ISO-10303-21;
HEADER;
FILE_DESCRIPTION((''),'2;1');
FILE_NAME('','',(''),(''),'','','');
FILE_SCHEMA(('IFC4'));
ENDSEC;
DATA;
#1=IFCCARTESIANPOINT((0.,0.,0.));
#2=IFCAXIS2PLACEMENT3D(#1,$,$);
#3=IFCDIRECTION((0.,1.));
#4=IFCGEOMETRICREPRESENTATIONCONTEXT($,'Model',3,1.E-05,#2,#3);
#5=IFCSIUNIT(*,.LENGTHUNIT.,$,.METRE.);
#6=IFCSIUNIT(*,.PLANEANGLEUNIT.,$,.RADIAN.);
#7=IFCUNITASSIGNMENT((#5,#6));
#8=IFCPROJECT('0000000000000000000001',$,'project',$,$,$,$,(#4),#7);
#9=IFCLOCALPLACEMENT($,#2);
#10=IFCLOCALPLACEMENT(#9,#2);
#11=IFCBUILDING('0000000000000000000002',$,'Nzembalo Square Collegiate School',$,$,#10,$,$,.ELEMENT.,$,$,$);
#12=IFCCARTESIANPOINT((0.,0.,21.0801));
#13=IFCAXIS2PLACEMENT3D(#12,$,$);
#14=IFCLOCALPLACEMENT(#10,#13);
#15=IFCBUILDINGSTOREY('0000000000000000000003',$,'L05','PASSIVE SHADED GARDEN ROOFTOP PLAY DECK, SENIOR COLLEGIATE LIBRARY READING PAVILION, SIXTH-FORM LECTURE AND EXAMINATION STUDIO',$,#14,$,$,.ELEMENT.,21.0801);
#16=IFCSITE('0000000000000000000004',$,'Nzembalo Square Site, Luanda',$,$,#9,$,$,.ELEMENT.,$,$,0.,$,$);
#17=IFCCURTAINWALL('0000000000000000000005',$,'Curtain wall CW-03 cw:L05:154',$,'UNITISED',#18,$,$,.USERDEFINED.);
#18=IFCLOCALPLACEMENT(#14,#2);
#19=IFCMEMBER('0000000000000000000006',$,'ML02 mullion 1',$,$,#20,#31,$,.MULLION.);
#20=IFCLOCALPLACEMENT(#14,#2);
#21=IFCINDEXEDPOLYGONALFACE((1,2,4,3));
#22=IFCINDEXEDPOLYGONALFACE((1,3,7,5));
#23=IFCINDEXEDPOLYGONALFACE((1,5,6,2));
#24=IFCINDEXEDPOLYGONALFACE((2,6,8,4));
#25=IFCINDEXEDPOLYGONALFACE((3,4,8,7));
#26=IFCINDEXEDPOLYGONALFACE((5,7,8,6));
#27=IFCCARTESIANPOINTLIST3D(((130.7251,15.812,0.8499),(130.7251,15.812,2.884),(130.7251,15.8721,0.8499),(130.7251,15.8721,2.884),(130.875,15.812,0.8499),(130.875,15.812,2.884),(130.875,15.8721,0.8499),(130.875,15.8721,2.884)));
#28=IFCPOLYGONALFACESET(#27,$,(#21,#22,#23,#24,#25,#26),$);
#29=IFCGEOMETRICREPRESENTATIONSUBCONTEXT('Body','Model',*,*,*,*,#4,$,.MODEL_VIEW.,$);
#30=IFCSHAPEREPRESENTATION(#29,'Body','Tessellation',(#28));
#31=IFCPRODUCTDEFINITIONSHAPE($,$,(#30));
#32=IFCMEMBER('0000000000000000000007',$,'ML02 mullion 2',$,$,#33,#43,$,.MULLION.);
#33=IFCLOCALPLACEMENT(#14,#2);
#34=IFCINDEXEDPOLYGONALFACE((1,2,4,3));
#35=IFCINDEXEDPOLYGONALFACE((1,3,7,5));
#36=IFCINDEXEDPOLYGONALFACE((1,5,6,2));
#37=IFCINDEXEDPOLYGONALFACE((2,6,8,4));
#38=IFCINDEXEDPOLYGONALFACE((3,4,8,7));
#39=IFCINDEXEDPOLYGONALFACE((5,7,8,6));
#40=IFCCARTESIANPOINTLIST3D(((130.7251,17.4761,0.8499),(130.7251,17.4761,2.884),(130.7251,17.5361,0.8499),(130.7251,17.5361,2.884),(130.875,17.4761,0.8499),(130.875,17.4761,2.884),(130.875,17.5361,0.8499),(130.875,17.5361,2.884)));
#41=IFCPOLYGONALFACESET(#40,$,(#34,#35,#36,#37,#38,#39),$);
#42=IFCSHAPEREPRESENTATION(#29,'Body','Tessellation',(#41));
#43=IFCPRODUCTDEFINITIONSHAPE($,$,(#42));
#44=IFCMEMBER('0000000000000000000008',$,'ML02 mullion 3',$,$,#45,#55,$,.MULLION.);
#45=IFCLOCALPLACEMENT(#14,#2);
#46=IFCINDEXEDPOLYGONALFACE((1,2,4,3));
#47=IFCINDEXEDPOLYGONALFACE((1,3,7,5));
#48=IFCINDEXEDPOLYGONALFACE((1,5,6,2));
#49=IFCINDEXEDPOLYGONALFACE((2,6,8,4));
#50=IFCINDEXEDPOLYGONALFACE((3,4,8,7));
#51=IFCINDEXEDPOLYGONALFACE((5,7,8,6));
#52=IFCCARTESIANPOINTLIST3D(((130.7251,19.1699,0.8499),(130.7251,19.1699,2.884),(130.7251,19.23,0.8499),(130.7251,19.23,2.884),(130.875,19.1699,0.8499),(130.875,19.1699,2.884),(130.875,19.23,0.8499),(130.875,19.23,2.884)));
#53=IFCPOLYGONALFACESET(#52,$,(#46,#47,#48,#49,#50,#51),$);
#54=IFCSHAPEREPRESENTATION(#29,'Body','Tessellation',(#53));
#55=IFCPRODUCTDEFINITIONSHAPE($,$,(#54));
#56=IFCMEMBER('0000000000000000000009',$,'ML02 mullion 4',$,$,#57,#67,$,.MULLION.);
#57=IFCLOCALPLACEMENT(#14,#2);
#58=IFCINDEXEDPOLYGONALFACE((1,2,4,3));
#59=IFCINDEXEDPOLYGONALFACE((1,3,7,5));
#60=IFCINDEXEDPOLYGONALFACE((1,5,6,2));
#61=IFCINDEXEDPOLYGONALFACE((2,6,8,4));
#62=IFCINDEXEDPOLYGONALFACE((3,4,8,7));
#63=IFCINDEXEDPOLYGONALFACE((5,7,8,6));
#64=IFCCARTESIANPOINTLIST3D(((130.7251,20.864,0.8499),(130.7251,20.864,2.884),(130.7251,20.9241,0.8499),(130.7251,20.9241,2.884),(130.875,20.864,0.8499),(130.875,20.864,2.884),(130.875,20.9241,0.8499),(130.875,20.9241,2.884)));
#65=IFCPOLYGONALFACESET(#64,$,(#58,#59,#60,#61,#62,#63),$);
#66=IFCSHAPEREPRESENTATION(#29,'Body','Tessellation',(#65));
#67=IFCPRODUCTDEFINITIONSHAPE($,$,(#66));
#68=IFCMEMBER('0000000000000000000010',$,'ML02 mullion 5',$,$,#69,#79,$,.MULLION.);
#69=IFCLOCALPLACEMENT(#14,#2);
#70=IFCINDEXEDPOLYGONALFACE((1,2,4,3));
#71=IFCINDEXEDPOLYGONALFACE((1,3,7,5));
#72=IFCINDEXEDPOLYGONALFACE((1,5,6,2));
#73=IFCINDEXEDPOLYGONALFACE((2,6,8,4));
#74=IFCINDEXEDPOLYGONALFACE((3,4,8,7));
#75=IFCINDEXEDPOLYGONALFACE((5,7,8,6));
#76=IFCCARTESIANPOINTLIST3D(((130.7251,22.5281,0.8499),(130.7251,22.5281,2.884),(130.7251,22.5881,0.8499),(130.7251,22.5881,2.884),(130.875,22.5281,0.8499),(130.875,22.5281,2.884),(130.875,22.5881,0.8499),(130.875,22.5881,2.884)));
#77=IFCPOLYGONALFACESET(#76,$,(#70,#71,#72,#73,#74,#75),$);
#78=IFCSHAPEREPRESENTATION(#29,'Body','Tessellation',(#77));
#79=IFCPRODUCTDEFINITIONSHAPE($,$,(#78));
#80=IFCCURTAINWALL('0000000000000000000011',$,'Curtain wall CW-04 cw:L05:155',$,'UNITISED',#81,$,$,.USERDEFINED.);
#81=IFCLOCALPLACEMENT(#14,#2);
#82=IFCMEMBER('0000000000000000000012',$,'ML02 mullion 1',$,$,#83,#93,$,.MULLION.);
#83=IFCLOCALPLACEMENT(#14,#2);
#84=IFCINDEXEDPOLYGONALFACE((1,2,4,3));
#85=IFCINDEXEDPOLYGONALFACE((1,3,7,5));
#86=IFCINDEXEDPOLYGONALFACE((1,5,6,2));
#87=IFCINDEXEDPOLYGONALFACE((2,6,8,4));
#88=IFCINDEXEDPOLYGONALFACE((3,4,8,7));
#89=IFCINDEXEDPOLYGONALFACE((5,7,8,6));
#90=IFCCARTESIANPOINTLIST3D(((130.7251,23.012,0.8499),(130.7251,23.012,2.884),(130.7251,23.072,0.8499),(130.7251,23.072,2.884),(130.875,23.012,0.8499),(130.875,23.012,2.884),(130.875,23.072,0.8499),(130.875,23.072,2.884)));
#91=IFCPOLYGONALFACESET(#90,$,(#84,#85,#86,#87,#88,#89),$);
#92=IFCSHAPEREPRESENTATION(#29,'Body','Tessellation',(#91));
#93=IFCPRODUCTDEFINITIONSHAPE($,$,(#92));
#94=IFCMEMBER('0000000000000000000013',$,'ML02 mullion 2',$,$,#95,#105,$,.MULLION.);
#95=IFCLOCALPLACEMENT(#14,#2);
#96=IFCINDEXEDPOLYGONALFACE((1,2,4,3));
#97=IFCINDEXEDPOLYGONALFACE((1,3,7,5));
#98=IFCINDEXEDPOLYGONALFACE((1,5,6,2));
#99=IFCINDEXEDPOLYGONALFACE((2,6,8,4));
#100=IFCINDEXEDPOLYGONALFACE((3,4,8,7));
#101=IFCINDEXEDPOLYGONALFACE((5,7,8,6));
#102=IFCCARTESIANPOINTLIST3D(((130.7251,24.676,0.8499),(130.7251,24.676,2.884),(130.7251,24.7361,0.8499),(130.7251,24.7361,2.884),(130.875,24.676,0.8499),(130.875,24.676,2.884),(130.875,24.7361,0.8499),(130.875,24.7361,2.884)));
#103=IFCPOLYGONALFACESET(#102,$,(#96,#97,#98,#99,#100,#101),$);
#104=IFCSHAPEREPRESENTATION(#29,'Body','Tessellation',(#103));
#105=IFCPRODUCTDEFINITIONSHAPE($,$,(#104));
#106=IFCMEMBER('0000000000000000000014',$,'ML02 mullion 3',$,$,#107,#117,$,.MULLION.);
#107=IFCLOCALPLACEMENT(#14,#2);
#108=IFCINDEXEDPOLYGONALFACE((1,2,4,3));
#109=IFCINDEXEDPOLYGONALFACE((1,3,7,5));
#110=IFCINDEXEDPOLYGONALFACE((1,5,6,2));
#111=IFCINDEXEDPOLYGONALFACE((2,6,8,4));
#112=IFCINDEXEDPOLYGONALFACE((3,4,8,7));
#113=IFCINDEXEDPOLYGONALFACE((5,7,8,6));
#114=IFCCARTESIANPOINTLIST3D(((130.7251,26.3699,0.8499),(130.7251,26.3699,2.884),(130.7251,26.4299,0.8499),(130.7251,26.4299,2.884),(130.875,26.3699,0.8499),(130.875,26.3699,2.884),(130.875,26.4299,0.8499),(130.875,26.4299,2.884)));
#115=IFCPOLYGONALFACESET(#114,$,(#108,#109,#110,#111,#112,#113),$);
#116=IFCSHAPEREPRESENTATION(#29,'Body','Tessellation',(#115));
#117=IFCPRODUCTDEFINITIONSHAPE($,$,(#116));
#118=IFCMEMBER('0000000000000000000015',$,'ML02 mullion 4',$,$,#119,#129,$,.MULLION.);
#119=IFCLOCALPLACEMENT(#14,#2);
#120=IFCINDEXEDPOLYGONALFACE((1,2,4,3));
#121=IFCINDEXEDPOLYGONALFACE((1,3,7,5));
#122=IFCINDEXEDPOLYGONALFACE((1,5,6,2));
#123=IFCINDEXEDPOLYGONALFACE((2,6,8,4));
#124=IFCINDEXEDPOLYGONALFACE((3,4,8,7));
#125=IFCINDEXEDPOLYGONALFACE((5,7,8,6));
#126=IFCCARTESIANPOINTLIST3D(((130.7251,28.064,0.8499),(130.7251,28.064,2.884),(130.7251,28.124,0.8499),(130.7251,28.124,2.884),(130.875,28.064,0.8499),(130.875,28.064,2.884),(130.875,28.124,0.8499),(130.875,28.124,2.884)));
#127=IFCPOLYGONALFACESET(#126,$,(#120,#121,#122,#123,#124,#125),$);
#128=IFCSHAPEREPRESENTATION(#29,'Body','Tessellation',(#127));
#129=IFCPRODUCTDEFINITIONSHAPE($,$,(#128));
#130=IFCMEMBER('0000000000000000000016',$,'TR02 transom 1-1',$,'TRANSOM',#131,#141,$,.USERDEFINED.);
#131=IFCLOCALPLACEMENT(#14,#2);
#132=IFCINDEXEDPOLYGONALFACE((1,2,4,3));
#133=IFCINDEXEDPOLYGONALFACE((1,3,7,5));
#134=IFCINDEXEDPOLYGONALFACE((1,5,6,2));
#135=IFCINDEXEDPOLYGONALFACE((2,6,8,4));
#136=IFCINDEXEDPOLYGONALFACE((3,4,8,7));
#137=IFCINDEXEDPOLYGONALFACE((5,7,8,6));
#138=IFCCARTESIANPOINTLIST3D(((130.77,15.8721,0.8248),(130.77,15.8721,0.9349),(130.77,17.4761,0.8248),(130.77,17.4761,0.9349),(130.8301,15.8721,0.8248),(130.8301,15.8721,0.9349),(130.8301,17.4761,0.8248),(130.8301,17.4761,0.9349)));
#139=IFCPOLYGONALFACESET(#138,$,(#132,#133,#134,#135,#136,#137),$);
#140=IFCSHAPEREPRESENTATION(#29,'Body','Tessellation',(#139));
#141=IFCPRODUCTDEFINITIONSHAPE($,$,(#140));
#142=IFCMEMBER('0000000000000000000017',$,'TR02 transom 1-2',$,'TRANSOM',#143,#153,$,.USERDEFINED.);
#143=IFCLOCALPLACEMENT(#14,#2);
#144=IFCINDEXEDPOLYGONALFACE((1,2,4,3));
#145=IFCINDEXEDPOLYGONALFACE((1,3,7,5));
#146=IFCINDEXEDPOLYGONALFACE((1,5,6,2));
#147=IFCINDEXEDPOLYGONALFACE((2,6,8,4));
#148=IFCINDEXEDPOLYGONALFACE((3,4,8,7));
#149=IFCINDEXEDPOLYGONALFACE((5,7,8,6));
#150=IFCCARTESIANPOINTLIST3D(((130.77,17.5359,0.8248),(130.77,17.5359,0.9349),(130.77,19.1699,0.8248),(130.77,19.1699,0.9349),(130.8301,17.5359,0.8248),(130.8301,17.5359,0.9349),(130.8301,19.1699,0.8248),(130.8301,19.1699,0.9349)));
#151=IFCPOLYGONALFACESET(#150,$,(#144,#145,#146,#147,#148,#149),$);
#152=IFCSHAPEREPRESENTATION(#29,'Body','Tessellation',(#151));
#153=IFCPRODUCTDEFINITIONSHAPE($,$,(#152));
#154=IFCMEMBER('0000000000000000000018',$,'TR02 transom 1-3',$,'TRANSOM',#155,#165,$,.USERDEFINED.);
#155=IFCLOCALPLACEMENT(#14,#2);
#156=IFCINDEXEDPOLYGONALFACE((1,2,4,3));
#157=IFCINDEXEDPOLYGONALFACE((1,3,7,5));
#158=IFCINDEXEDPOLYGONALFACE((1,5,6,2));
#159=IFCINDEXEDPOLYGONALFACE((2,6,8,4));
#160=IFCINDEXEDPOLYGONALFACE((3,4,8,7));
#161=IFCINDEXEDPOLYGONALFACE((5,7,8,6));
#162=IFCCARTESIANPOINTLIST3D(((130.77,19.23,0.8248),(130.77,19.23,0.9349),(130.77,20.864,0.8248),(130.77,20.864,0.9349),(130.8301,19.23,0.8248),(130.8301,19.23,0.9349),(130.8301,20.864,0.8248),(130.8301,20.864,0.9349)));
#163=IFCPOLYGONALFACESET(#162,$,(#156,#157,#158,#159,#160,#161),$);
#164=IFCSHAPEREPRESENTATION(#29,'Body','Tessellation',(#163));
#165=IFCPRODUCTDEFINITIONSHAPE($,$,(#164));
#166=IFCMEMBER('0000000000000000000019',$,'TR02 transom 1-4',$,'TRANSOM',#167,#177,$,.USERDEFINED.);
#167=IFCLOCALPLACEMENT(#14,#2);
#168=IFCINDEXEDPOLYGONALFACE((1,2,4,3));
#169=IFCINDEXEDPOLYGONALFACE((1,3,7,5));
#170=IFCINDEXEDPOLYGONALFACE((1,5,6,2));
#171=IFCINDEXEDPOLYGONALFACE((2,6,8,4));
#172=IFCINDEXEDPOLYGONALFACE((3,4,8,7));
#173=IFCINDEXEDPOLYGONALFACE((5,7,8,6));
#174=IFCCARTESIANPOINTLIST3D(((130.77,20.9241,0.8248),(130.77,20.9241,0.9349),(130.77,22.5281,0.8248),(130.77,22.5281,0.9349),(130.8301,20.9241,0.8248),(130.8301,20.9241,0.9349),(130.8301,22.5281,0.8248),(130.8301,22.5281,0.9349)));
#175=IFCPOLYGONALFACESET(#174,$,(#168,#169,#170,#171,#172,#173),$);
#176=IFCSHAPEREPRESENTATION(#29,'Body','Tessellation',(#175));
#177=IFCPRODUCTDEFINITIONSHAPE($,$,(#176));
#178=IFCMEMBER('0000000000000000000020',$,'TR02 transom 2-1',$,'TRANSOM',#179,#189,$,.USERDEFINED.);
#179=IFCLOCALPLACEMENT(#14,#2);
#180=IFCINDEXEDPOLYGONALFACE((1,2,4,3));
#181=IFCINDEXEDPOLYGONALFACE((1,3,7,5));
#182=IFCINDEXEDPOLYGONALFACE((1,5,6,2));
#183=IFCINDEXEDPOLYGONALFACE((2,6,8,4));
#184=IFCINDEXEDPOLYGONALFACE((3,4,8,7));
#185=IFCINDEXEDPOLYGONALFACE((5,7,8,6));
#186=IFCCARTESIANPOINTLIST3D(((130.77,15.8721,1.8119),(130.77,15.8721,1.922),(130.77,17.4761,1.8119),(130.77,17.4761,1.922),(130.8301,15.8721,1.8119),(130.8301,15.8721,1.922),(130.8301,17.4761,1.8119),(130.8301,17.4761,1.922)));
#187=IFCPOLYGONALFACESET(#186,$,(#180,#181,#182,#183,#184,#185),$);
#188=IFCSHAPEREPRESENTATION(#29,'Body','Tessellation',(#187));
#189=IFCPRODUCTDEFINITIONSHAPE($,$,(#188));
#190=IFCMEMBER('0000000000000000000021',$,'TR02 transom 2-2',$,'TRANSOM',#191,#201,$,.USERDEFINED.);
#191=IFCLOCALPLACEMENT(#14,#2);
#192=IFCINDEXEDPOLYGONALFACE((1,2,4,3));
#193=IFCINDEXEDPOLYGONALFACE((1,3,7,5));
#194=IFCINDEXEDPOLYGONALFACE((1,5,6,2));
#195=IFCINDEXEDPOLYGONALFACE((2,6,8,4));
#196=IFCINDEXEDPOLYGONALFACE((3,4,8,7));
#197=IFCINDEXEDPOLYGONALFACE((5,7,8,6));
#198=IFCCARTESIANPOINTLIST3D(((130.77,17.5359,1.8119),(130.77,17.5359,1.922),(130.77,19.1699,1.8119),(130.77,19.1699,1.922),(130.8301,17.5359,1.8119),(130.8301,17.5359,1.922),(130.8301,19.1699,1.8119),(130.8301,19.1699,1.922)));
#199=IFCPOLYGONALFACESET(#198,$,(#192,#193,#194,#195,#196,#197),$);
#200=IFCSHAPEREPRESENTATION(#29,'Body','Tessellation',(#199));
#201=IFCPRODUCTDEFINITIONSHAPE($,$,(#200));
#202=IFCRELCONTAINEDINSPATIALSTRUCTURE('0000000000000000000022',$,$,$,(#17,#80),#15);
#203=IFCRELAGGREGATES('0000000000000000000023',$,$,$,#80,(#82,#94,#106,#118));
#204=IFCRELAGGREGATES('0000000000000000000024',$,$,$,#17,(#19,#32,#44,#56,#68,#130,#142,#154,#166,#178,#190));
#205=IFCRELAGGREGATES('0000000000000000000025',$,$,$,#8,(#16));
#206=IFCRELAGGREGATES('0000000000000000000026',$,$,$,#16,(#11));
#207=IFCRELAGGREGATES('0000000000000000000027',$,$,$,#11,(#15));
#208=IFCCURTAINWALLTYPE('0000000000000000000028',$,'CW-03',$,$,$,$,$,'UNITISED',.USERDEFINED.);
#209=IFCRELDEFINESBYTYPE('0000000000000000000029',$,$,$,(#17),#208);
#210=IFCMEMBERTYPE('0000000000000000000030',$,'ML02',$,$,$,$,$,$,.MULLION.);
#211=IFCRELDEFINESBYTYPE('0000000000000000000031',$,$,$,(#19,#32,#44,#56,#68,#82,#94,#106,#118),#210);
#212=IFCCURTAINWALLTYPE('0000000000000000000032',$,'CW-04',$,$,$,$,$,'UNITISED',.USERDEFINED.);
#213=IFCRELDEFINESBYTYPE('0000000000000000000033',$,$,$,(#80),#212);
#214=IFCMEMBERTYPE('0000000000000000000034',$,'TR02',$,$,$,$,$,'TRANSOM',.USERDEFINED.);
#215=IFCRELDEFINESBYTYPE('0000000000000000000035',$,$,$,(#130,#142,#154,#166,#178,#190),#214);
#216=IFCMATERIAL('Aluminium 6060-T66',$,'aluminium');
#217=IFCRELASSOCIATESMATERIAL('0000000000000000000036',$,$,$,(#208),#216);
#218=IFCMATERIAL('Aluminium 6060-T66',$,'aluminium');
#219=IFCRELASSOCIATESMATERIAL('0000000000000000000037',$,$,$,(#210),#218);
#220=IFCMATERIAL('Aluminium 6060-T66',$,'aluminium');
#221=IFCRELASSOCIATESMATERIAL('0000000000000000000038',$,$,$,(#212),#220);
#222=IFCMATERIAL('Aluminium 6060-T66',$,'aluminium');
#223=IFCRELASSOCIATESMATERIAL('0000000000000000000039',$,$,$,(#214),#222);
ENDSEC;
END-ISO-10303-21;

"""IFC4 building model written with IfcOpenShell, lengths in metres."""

from ifc_helpers import new_model, si_unit, direction, frame, origin, origin_2d, place, context, subcontext, project, spatial, rectangle, extrude, material, material_profile, profile_set, type_object, element, aggregate, save


model = new_model("IFC4")

# Units and contexts
model_context = context("Model", 3, precision=1e-05, world=origin(), true_north=direction((0.0, 1.0)))
body_context = subcontext(model_context, "Body", "Model", "MODEL_VIEW")
ifc_project = project(units=[si_unit("LENGTHUNIT", "METRE"), si_unit("PLANEANGLEUNIT", "RADIAN")], contexts=[model_context])

# Site, building, storey
site_placement = place(None, origin())
site = spatial("IfcSite", under=ifc_project, at=site_placement, Name="Nzembalo Square Site, Luanda", CompositionType="ELEMENT", RefElevation=0.0)
building_placement = place(site_placement, origin())
building = spatial("IfcBuilding", under=site, at=building_placement, Name="Nzembalo Square Collegiate School", CompositionType="ELEMENT")
storey_placement = place(building_placement, frame((0.0, 0.0, 21.0801)))
storey = spatial("IfcBuildingStorey", under=building, at=storey_placement, Name="L05", Description="PASSIVE SHADED GARDEN ROOFTOP PLAY DECK, SENIOR COLLEGIATE LIBRARY READING PAVILION, SIXTH-FORM LECTURE AND EXAMINATION STUDIO", CompositionType="ELEMENT", Elevation=21.0801)

# Curtain walls, members
ifc_material_1 = material(Name="Aluminium 6060-T66", Category="aluminium")
curtain_wall_type_1 = type_object("IfcCurtainWallType", Name="CW-03", ElementType="UNITISED", PredefinedType="USERDEFINED", material=ifc_material_1)
curtain_wall_1_placement = place(storey_placement, origin())
curtain_wall_1 = element("IfcCurtainWall", 1, at=curtain_wall_1_placement, inside=storey, type_object=curtain_wall_type_1, Name="Curtain wall CW-03 cw:L05:154", ObjectType="UNITISED", PredefinedType="USERDEFINED")
ifc_material_2 = material(Name="Aluminium 6060-T66", Category="aluminium")
ifc_material_profile_1 = material_profile(ifc_material_2, rectangle(XDim=0.0601, YDim=0.1499, at=origin_2d()), Name="ALU M60x150")
ifc_profile_set_1 = profile_set([ifc_material_profile_1], Name="Aluminium 6060-T66")
member_type_1 = type_object("IfcMemberType", Name="ML02", PredefinedType="MULLION", material=ifc_profile_set_1)
member_1_placement = place(storey_placement, frame((130.8, 15.842, 0.8499), z_axis=(0.0, 0.0, 1.0), x_axis=(0.0, 1.0, 0.0)))
member_1 = element("IfcMember", 2, at=member_1_placement, type_object=member_type_1, Name="ML02 mullion 1", PredefinedType="MULLION", context=body_context, shape_type="SweptSolid", body=[
    extrude(rectangle(XDim=0.0601, YDim=0.1499, at=origin_2d()), origin(), (0.0, 0.0, 1.0), 2.0342),
])
member_2_placement = place(storey_placement, frame((130.8, 17.5061, 0.8499), z_axis=(0.0, 0.0, 1.0), x_axis=(0.0, 1.0, 0.0)))
member_2 = element("IfcMember", 3, at=member_2_placement, type_object=member_type_1, Name="ML02 mullion 2", PredefinedType="MULLION", context=body_context, shape_type="SweptSolid", body=[
    extrude(rectangle(XDim=0.0601, YDim=0.1499, at=origin_2d()), origin(), (0.0, 0.0, 1.0), 2.0342),
])
member_3_placement = place(storey_placement, frame((130.8, 19.2, 0.8499), z_axis=(0.0, 0.0, 1.0), x_axis=(0.0, 1.0, 0.0)))
member_3 = element("IfcMember", 4, at=member_3_placement, type_object=member_type_1, Name="ML02 mullion 3", PredefinedType="MULLION", context=body_context, shape_type="SweptSolid", body=[
    extrude(rectangle(XDim=0.0601, YDim=0.1499, at=origin_2d()), origin(), (0.0, 0.0, 1.0), 2.0342),
])
member_4_placement = place(storey_placement, frame((130.8, 20.894, 0.8499), z_axis=(0.0, 0.0, 1.0), x_axis=(0.0, 1.0, 0.0)))
member_4 = element("IfcMember", 5, at=member_4_placement, type_object=member_type_1, Name="ML02 mullion 4", PredefinedType="MULLION", context=body_context, shape_type="SweptSolid", body=[
    extrude(rectangle(XDim=0.0601, YDim=0.1499, at=origin_2d()), origin(), (0.0, 0.0, 1.0), 2.0342),
])
member_5_placement = place(storey_placement, frame((130.8, 22.5581, 0.8499), z_axis=(0.0, 0.0, 1.0), x_axis=(0.0, 1.0, 0.0)))
member_5 = element("IfcMember", 6, at=member_5_placement, type_object=member_type_1, Name="ML02 mullion 5", PredefinedType="MULLION", context=body_context, shape_type="SweptSolid", body=[
    extrude(rectangle(XDim=0.0601, YDim=0.1499, at=origin_2d()), origin(), (0.0, 0.0, 1.0), 2.0342),
])
ifc_material_3 = material(Name="Aluminium 6060-T66", Category="aluminium")
curtain_wall_type_2 = type_object("IfcCurtainWallType", Name="CW-04", ElementType="UNITISED", PredefinedType="USERDEFINED", material=ifc_material_3)
curtain_wall_2_placement = place(storey_placement, origin())
curtain_wall_2 = element("IfcCurtainWall", 7, at=curtain_wall_2_placement, inside=storey, type_object=curtain_wall_type_2, Name="Curtain wall CW-04 cw:L05:155", ObjectType="UNITISED", PredefinedType="USERDEFINED")
member_6_placement = place(storey_placement, frame((130.8, 23.042, 0.8499), z_axis=(0.0, 0.0, 1.0), x_axis=(0.0, 1.0, 0.0)))
member_6 = element("IfcMember", 8, at=member_6_placement, type_object=member_type_1, Name="ML02 mullion 1", PredefinedType="MULLION", context=body_context, shape_type="SweptSolid", body=[
    extrude(rectangle(XDim=0.0601, YDim=0.1499, at=origin_2d()), origin(), (0.0, 0.0, 1.0), 2.0342),
])
member_7_placement = place(storey_placement, frame((130.8, 24.7061, 0.8499), z_axis=(0.0, 0.0, 1.0), x_axis=(0.0, 1.0, 0.0)))
member_7 = element("IfcMember", 9, at=member_7_placement, type_object=member_type_1, Name="ML02 mullion 2", PredefinedType="MULLION", context=body_context, shape_type="SweptSolid", body=[
    extrude(rectangle(XDim=0.0601, YDim=0.1499, at=origin_2d()), origin(), (0.0, 0.0, 1.0), 2.0342),
])
member_8_placement = place(storey_placement, frame((130.8, 26.3999, 0.8499), z_axis=(0.0, 0.0, 1.0), x_axis=(0.0, 1.0, 0.0)))
member_8 = element("IfcMember", 10, at=member_8_placement, type_object=member_type_1, Name="ML02 mullion 3", PredefinedType="MULLION", context=body_context, shape_type="SweptSolid", body=[
    extrude(rectangle(XDim=0.0601, YDim=0.1499, at=origin_2d()), origin(), (0.0, 0.0, 1.0), 2.0342),
])
member_9_placement = place(storey_placement, frame((130.8, 28.094, 0.8499), z_axis=(0.0, 0.0, 1.0), x_axis=(0.0, 1.0, 0.0)))
member_9 = element("IfcMember", 11, at=member_9_placement, type_object=member_type_1, Name="ML02 mullion 4", PredefinedType="MULLION", context=body_context, shape_type="SweptSolid", body=[
    extrude(rectangle(XDim=0.0601, YDim=0.1499, at=origin_2d()), origin(), (0.0, 0.0, 1.0), 2.0342),
])
aggregate(curtain_wall_2, [member_6, member_7, member_8, member_9])

# Members
ifc_material_4 = material(Name="Aluminium 6060-T66", Category="aluminium")
ifc_material_profile_2 = material_profile(ifc_material_4, rectangle(XDim=0.0601, YDim=0.1101, at=origin_2d()), Name="ALU T60x110")
ifc_profile_set_2 = profile_set([ifc_material_profile_2], Name="Aluminium 6060-T66")
member_type_2 = type_object("IfcMemberType", Name="TR02", ElementType="TRANSOM", PredefinedType="USERDEFINED", material=ifc_profile_set_2)
member_10_placement = place(storey_placement, frame((130.8, 15.8721, 0.8799), z_axis=(0.0, 1.0, 0.0), x_axis=(-1.0, 0.0, 0.0)))
member_10 = element("IfcMember", 12, at=member_10_placement, type_object=member_type_2, Name="TR02 transom 1-1", ObjectType="TRANSOM", PredefinedType="USERDEFINED", context=body_context, shape_type="SweptSolid", body=[
    extrude(rectangle(XDim=0.0601, YDim=0.1101, at=origin_2d()), origin(), (0.0, 0.0, 1.0), 1.604),
])
member_11_placement = place(storey_placement, frame((130.8, 17.5359, 0.8799), z_axis=(0.0, 1.0, 0.0), x_axis=(-1.0, 0.0, 0.0)))
member_11 = element("IfcMember", 13, at=member_11_placement, type_object=member_type_2, Name="TR02 transom 1-2", ObjectType="TRANSOM", PredefinedType="USERDEFINED", context=body_context, shape_type="SweptSolid", body=[
    extrude(rectangle(XDim=0.0601, YDim=0.1101, at=origin_2d()), origin(), (0.0, 0.0, 1.0), 1.634),
])
member_12_placement = place(storey_placement, frame((130.8, 19.23, 0.8799), z_axis=(0.0, 1.0, 0.0), x_axis=(-1.0, 0.0, 0.0)))
member_12 = element("IfcMember", 14, at=member_12_placement, type_object=member_type_2, Name="TR02 transom 1-3", ObjectType="TRANSOM", PredefinedType="USERDEFINED", context=body_context, shape_type="SweptSolid", body=[
    extrude(rectangle(XDim=0.0601, YDim=0.1101, at=origin_2d()), origin(), (0.0, 0.0, 1.0), 1.634),
])
member_13_placement = place(storey_placement, frame((130.8, 20.9241, 0.8799), z_axis=(0.0, 1.0, 0.0), x_axis=(-1.0, 0.0, 0.0)))
member_13 = element("IfcMember", 15, at=member_13_placement, type_object=member_type_2, Name="TR02 transom 1-4", ObjectType="TRANSOM", PredefinedType="USERDEFINED", context=body_context, shape_type="SweptSolid", body=[
    extrude(rectangle(XDim=0.0601, YDim=0.1101, at=origin_2d()), origin(), (0.0, 0.0, 1.0), 1.604),
])
member_14_placement = place(storey_placement, frame((130.8, 15.8721, 1.8669), z_axis=(0.0, 1.0, 0.0), x_axis=(-1.0, 0.0, 0.0)))
member_14 = element("IfcMember", 16, at=member_14_placement, type_object=member_type_2, Name="TR02 transom 2-1", ObjectType="TRANSOM", PredefinedType="USERDEFINED", context=body_context, shape_type="SweptSolid", body=[
    extrude(rectangle(XDim=0.0601, YDim=0.1101, at=origin_2d()), origin(), (0.0, 0.0, 1.0), 1.604),
])
member_15_placement = place(storey_placement, frame((130.8, 17.5359, 1.8669), z_axis=(0.0, 1.0, 0.0), x_axis=(-1.0, 0.0, 0.0)))
member_15 = element("IfcMember", 17, at=member_15_placement, type_object=member_type_2, Name="TR02 transom 2-2", ObjectType="TRANSOM", PredefinedType="USERDEFINED", context=body_context, shape_type="SweptSolid", body=[
    extrude(rectangle(XDim=0.0601, YDim=0.1101, at=origin_2d()), origin(), (0.0, 0.0, 1.0), 1.634),
])

aggregate(curtain_wall_1, [member_1, member_2, member_3, member_4, member_5, member_10, member_11, member_12, member_13, member_14, member_15])

save(model, "model.ifc")
